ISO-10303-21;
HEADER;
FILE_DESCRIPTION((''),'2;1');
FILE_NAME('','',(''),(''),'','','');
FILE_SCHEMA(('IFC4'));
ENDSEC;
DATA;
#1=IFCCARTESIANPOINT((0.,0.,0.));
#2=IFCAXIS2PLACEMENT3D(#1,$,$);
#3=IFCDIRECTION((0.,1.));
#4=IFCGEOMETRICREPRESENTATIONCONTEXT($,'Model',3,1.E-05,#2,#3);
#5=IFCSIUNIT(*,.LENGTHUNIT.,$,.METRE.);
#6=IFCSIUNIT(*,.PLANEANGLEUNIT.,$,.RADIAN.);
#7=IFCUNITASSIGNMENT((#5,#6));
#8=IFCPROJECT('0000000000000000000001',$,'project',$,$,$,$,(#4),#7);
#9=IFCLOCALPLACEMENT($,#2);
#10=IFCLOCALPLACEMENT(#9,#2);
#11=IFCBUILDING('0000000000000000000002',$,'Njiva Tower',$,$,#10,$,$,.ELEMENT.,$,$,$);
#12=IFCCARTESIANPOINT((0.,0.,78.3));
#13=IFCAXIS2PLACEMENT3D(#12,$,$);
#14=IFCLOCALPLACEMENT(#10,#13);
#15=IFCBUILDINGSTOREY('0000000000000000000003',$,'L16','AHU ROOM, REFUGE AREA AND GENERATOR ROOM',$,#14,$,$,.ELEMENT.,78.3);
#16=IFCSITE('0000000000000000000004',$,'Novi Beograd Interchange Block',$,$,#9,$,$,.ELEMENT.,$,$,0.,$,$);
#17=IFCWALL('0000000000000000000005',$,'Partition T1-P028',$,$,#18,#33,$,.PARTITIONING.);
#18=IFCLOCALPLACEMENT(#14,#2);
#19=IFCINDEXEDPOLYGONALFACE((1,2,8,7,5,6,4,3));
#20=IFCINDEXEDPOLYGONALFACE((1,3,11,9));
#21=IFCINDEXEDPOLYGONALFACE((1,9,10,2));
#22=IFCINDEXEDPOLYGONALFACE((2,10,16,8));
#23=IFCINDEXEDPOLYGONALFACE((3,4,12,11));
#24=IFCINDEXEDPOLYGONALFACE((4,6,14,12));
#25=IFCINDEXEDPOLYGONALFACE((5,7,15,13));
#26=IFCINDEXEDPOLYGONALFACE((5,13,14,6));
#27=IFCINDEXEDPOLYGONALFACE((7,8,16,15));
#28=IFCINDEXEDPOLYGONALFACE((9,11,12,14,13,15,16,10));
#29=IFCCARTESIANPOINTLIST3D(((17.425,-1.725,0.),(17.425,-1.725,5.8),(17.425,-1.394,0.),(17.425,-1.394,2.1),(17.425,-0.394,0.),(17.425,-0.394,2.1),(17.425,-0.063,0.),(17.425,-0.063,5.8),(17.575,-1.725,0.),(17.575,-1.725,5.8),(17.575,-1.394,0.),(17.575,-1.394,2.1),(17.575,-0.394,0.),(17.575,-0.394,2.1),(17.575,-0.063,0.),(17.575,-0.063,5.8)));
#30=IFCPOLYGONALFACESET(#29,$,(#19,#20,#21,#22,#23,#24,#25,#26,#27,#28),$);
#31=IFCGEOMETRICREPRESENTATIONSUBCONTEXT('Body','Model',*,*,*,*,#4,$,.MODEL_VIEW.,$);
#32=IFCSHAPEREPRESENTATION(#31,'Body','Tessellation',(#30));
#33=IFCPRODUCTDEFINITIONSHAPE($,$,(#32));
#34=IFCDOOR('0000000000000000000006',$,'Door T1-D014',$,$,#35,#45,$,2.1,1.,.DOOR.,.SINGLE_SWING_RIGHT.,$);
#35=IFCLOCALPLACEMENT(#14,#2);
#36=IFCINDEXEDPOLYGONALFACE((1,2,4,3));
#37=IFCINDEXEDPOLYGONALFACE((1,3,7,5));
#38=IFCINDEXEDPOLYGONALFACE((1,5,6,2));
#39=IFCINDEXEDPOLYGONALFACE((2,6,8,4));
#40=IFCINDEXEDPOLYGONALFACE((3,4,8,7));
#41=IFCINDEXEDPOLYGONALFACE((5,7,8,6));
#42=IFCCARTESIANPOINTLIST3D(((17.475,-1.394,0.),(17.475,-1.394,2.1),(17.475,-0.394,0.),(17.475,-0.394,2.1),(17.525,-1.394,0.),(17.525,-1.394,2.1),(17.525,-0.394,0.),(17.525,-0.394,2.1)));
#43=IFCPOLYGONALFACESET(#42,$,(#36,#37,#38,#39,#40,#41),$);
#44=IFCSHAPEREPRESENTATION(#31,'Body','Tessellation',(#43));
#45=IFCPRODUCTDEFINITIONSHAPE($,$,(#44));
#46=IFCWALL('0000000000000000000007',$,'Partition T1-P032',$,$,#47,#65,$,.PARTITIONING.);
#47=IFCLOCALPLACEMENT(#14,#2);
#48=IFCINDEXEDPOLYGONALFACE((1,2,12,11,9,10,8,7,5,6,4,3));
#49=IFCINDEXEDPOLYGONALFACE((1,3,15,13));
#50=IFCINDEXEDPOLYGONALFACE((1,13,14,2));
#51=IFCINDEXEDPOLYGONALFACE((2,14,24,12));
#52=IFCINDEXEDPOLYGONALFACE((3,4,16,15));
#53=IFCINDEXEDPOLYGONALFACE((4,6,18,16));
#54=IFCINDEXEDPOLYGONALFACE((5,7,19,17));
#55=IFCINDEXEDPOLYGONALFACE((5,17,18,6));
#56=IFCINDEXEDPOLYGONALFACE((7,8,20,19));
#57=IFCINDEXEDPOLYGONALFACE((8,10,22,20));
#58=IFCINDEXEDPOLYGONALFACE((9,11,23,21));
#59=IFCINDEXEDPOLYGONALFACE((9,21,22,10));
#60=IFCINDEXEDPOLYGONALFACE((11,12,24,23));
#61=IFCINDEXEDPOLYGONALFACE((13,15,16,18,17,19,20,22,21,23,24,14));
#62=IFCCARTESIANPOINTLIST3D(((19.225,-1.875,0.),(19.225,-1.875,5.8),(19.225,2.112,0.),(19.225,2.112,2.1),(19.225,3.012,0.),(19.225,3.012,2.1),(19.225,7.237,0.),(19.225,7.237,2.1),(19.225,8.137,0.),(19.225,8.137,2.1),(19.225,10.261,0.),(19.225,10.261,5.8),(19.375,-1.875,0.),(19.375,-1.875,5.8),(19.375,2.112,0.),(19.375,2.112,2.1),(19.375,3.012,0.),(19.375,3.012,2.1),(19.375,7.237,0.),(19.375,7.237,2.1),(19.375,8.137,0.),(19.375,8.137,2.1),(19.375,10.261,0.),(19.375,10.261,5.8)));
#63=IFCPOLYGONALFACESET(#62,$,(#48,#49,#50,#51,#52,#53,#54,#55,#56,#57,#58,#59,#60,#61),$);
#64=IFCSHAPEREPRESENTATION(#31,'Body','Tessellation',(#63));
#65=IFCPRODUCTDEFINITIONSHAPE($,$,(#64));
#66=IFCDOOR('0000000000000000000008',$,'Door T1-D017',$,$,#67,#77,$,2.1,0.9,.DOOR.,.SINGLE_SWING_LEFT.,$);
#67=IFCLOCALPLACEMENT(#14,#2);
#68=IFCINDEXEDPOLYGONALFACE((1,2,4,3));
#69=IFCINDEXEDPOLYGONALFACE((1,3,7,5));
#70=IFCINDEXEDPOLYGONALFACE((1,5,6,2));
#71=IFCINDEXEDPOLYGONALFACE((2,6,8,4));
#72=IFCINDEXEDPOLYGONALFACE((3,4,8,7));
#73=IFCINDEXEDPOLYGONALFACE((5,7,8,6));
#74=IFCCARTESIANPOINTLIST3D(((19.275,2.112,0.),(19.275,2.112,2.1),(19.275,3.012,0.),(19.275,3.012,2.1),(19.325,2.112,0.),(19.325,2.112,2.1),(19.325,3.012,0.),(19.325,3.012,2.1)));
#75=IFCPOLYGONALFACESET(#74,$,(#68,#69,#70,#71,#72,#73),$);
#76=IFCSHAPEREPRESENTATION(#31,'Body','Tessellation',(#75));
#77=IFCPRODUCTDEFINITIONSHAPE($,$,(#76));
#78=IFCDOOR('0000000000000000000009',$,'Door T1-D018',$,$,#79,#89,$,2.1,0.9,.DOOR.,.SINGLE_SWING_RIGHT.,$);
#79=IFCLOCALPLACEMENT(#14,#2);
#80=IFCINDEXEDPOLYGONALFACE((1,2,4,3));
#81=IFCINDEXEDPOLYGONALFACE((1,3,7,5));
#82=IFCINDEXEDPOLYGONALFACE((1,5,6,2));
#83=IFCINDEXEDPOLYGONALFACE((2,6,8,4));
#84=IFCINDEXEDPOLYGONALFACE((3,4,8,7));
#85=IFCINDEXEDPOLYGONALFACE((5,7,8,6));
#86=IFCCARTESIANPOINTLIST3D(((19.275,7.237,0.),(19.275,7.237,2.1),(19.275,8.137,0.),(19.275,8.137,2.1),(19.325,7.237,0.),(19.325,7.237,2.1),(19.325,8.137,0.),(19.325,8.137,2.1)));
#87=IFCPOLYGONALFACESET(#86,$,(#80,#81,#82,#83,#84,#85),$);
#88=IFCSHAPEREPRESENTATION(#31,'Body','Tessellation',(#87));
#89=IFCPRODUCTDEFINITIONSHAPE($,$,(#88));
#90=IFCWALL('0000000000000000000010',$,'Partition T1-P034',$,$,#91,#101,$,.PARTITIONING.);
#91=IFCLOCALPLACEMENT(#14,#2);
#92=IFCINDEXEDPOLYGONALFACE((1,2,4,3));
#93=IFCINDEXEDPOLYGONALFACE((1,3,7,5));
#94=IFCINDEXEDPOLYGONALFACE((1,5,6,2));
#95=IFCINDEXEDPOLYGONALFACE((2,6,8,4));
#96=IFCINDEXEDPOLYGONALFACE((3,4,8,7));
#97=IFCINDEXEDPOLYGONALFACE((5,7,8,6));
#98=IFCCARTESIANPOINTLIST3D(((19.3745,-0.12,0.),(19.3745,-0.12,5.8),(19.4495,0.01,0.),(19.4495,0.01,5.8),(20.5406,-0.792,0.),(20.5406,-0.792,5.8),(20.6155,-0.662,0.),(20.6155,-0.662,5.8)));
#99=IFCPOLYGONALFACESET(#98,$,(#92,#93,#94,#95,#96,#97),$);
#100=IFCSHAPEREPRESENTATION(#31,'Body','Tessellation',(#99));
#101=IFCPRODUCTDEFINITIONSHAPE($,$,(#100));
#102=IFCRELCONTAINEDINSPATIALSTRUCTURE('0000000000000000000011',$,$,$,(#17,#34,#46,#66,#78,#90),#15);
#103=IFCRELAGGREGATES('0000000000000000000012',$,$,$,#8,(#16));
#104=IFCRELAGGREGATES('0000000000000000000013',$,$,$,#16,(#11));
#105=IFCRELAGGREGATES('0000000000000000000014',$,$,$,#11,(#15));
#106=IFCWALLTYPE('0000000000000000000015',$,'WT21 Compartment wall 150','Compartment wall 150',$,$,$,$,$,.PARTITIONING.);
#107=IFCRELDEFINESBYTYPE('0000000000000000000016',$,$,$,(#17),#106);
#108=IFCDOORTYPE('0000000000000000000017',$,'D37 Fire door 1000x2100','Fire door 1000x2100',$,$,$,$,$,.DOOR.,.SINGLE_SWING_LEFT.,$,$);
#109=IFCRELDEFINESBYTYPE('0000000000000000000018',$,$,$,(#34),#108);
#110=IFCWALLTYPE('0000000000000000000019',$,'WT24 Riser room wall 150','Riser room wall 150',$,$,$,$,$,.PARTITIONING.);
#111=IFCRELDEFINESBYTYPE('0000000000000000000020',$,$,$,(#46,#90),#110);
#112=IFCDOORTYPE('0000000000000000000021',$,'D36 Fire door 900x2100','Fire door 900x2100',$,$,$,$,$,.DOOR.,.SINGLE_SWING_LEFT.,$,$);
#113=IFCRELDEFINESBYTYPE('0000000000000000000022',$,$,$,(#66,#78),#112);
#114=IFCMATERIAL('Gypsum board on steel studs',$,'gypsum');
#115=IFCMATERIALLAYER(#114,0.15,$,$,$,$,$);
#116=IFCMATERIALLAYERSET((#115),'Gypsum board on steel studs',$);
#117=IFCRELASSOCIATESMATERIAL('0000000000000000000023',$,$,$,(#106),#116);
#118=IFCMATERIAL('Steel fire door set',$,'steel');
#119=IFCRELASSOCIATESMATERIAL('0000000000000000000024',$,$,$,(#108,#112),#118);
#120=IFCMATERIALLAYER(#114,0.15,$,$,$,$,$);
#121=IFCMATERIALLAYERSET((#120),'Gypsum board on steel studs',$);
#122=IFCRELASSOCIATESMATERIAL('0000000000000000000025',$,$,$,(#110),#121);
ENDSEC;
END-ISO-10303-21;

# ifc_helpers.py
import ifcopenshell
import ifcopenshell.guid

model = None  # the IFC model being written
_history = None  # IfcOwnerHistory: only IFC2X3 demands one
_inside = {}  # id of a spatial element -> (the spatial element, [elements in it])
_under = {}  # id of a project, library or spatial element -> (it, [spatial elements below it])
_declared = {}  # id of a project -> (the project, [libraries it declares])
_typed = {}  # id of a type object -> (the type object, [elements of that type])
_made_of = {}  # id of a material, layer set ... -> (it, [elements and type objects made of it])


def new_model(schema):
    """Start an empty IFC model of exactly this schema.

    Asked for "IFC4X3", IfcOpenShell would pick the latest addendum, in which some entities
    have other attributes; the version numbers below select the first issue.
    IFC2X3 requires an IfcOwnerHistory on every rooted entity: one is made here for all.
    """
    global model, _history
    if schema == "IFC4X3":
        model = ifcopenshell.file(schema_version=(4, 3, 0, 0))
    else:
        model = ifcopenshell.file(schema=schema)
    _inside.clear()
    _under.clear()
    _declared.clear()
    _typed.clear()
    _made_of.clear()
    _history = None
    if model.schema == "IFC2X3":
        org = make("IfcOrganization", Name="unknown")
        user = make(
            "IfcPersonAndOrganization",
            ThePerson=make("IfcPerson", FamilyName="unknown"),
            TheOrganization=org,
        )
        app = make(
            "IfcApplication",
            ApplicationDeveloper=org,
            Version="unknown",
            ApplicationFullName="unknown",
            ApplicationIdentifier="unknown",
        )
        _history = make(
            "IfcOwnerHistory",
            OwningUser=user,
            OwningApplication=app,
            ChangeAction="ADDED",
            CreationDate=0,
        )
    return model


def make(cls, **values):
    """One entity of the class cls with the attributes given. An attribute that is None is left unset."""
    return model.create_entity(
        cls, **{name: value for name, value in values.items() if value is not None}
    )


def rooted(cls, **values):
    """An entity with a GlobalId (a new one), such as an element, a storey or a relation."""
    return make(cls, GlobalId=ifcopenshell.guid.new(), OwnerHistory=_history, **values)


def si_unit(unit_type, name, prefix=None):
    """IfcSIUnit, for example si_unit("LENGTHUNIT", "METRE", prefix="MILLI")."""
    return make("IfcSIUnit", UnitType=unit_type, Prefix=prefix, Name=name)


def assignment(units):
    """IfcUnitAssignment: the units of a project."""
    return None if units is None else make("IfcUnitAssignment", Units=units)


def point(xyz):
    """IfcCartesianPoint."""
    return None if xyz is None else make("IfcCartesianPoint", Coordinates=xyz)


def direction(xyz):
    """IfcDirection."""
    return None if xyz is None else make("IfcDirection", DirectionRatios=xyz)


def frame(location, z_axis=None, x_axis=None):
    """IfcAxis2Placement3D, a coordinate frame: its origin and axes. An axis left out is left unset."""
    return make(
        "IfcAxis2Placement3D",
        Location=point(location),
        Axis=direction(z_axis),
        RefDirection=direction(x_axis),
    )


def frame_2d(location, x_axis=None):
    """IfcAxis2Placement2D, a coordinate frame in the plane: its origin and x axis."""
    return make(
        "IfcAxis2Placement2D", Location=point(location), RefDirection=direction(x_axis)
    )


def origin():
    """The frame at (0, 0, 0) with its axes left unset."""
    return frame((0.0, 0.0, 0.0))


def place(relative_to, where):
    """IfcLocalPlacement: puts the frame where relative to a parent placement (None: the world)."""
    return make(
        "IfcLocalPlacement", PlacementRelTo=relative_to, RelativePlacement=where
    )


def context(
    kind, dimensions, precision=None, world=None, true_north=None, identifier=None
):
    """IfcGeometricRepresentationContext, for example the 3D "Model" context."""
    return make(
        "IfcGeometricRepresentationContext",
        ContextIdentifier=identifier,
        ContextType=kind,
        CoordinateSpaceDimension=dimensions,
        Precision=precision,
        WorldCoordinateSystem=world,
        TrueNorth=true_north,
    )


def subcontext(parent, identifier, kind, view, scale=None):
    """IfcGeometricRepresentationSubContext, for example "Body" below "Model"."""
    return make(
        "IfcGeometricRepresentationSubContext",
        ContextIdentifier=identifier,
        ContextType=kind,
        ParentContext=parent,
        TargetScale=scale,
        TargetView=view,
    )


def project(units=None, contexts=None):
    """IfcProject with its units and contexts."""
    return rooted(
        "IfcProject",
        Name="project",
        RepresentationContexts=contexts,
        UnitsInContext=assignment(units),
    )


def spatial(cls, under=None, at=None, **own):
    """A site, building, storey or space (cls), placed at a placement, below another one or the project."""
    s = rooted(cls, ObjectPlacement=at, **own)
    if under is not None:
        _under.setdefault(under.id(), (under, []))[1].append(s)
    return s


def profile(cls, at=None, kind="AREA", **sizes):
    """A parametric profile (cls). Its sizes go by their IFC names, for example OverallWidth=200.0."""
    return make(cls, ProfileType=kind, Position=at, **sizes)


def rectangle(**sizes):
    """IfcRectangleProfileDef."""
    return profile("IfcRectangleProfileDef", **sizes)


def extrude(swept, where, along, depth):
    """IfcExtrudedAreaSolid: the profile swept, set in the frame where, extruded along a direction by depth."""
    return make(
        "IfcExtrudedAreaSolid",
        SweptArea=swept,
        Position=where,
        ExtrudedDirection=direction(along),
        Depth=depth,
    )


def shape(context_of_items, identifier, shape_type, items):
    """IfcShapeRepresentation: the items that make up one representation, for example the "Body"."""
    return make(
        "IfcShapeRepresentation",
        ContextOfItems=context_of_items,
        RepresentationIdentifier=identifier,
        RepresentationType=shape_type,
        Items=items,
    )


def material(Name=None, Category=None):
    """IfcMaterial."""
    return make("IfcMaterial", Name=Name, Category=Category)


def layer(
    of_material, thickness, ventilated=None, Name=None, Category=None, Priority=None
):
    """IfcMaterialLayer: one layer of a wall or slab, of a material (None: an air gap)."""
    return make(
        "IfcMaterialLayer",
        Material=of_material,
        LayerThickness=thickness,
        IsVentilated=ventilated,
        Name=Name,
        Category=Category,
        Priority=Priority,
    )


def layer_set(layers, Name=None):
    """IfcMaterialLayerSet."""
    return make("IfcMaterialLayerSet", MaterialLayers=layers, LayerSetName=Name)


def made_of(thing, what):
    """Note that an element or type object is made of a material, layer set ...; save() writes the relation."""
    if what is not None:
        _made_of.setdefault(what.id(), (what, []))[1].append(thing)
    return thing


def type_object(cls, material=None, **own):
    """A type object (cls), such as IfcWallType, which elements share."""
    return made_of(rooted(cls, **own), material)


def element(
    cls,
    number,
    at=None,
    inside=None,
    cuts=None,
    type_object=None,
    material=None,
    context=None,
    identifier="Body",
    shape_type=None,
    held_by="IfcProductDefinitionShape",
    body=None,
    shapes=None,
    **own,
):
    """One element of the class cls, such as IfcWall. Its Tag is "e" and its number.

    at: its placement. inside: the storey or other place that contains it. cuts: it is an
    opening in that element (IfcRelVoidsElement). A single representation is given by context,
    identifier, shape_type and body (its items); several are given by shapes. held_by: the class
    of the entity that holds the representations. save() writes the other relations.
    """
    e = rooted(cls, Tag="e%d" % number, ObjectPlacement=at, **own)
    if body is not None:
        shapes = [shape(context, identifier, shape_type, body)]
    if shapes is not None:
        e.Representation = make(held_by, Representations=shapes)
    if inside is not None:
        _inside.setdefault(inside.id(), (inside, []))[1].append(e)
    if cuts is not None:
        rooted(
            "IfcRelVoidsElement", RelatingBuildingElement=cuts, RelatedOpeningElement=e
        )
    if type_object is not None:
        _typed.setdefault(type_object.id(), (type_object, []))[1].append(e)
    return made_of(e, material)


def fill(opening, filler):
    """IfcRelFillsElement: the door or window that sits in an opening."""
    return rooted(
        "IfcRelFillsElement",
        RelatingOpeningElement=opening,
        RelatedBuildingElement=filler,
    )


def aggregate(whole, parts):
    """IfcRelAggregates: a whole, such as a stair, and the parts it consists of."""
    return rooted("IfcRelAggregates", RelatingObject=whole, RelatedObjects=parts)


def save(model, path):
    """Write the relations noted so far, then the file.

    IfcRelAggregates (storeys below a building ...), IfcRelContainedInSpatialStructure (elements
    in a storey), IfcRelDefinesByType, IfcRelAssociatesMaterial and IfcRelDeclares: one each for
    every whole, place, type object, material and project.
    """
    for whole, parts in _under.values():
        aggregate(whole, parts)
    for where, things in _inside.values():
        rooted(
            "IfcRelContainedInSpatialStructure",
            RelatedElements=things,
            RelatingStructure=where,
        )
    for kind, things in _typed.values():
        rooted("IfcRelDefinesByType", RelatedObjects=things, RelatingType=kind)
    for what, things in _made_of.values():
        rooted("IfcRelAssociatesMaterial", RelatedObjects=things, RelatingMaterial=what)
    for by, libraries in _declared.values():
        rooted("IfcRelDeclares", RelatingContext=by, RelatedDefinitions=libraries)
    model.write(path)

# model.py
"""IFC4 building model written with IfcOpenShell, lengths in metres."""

from ifc_helpers import new_model, si_unit, direction, frame, frame_2d, origin, place, context, subcontext, project, spatial, rectangle, extrude, material, layer, layer_set, type_object, element, fill, save


model = new_model("IFC4")

# Units and contexts
model_context = context("Model", 3, precision=1e-05, world=origin(), true_north=direction((0.0, 1.0)))
body_context = subcontext(model_context, "Body", "Model", "MODEL_VIEW")
ifc_project = project(units=[si_unit("LENGTHUNIT", "METRE"), si_unit("PLANEANGLEUNIT", "RADIAN")], contexts=[model_context])

# Site, building, storey
site_placement = place(None, origin())
site = spatial("IfcSite", under=ifc_project, at=site_placement, Name="Novi Beograd Interchange Block", CompositionType="ELEMENT", RefElevation=0.0)
building_placement = place(site_placement, origin())
building = spatial("IfcBuilding", under=site, at=building_placement, Name="Njiva Tower", CompositionType="ELEMENT")
storey_placement = place(building_placement, frame((0.0, 0.0, 78.3)))
storey = spatial("IfcBuildingStorey", under=building, at=storey_placement, Name="L16", Description="AHU ROOM, REFUGE AREA AND GENERATOR ROOM", CompositionType="ELEMENT", Elevation=78.3)

# Wall, opening, door
ifc_material_1 = material(Name="Gypsum board on steel studs", Category="gypsum")
ifc_layer_1 = layer(ifc_material_1, 0.15)
ifc_layer_set_1 = layer_set([ifc_layer_1], Name="Gypsum board on steel studs")
wall_type_1 = type_object("IfcWallType", Name="WT21 Compartment wall 150", Description="Compartment wall 150", PredefinedType="PARTITIONING", material=ifc_layer_set_1)
wall_1_placement = place(storey_placement, frame((17.5, -1.725, 0.0), z_axis=(0.0, 0.0, 1.0), x_axis=(0.0, 1.0, 0.0)))
wall_1 = element("IfcWall", 1, at=wall_1_placement, inside=storey, type_object=wall_type_1, Name="Partition T1-P028", PredefinedType="PARTITIONING", context=body_context, shape_type="SweptSolid", body=[
    extrude(rectangle(XDim=1.662, YDim=0.15, at=frame_2d((0.831, 0.0))), origin(), (0.0, 0.0, 1.0), 5.8),
])
opening_1_placement = place(wall_1_placement, frame((0.331, 0.0, 0.0)))
opening_1 = element("IfcOpeningElement", 2, at=opening_1_placement, cuts=wall_1, PredefinedType="OPENING", context=body_context, shape_type="SweptSolid", body=[
    extrude(rectangle(XDim=1.0, YDim=2.1, at=frame_2d((0.5, 1.05))), frame((0.0, 0.085, 0.0), z_axis=(0.0, -1.0, 0.0), x_axis=(1.0, 0.0, 0.0)), (0.0, 0.0, 1.0), 0.17),
])
ifc_material_2 = material(Name="Steel fire door set", Category="steel")
door_type_1 = type_object("IfcDoorType", Name="D37 Fire door 1000x2100", Description="Fire door 1000x2100", OperationType="SINGLE_SWING_LEFT", PredefinedType="DOOR", material=ifc_material_2)
door_1_placement = place(opening_1_placement, origin())
door_1 = element("IfcDoor", 3, at=door_1_placement, inside=storey, type_object=door_type_1, Name="Door T1-D014", OperationType="SINGLE_SWING_RIGHT", OverallHeight=2.1, OverallWidth=1.0, PredefinedType="DOOR", context=body_context, shape_type="SweptSolid", body=[
    extrude(rectangle(XDim=1.0, YDim=2.1, at=frame_2d((0.5, 1.05))), frame((0.0, 0.025, 0.0), z_axis=(0.0, -1.0, 0.0), x_axis=(1.0, 0.0, 0.0)), (0.0, 0.0, 1.0), 0.05),
])
fill(opening_1, door_1)

# Wall, openings, doors
ifc_layer_2 = layer(ifc_material_1, 0.15)
ifc_layer_set_2 = layer_set([ifc_layer_2], Name="Gypsum board on steel studs")
wall_type_2 = type_object("IfcWallType", Name="WT24 Riser room wall 150", Description="Riser room wall 150", PredefinedType="PARTITIONING", material=ifc_layer_set_2)
wall_2_placement = place(storey_placement, frame((19.3, -1.875, 0.0), z_axis=(0.0, 0.0, 1.0), x_axis=(0.0, 1.0, 0.0)))
wall_2 = element("IfcWall", 4, at=wall_2_placement, inside=storey, type_object=wall_type_2, Name="Partition T1-P032", PredefinedType="PARTITIONING", context=body_context, shape_type="SweptSolid", body=[
    extrude(rectangle(XDim=12.136, YDim=0.15, at=frame_2d((6.068, 0.0))), origin(), (0.0, 0.0, 1.0), 5.8),
])
opening_2_placement = place(wall_2_placement, frame((3.987, 0.0, 0.0)))
opening_2 = element("IfcOpeningElement", 5, at=opening_2_placement, cuts=wall_2, PredefinedType="OPENING", context=body_context, shape_type="SweptSolid", body=[
    extrude(rectangle(XDim=0.9, YDim=2.1, at=frame_2d((0.45, 1.05))), frame((0.0, 0.085, 0.0), z_axis=(0.0, -1.0, 0.0), x_axis=(1.0, 0.0, 0.0)), (0.0, 0.0, 1.0), 0.17),
])
opening_3_placement = place(wall_2_placement, frame((9.112, 0.0, 0.0)))
opening_3 = element("IfcOpeningElement", 6, at=opening_3_placement, cuts=wall_2, PredefinedType="OPENING", context=body_context, shape_type="SweptSolid", body=[
    extrude(rectangle(XDim=0.9, YDim=2.1, at=frame_2d((0.45, 1.05))), frame((0.0, 0.085, 0.0), z_axis=(0.0, -1.0, 0.0), x_axis=(1.0, 0.0, 0.0)), (0.0, 0.0, 1.0), 0.17),
])
door_type_2 = type_object("IfcDoorType", Name="D36 Fire door 900x2100", Description="Fire door 900x2100", OperationType="SINGLE_SWING_LEFT", PredefinedType="DOOR", material=ifc_material_2)
door_2_placement = place(opening_2_placement, origin())
door_2 = element("IfcDoor", 7, at=door_2_placement, inside=storey, type_object=door_type_2, Name="Door T1-D017", OperationType="SINGLE_SWING_LEFT", OverallHeight=2.1, OverallWidth=0.9, PredefinedType="DOOR", context=body_context, shape_type="SweptSolid", body=[
    extrude(rectangle(XDim=0.9, YDim=2.1, at=frame_2d((0.45, 1.05))), frame((0.0, 0.025, 0.0), z_axis=(0.0, -1.0, 0.0), x_axis=(1.0, 0.0, 0.0)), (0.0, 0.0, 1.0), 0.05),
])
fill(opening_2, door_2)
door_3_placement = place(opening_3_placement, origin())
door_3 = element("IfcDoor", 8, at=door_3_placement, inside=storey, type_object=door_type_2, Name="Door T1-D018", OperationType="SINGLE_SWING_RIGHT", OverallHeight=2.1, OverallWidth=0.9, PredefinedType="DOOR", context=body_context, shape_type="SweptSolid", body=[
    extrude(rectangle(XDim=0.9, YDim=2.1, at=frame_2d((0.45, 1.05))), frame((0.0, 0.025, 0.0), z_axis=(0.0, -1.0, 0.0), x_axis=(1.0, 0.0, 0.0)), (0.0, 0.0, 1.0), 0.05),
])
fill(opening_3, door_3)

# Wall
wall_3_placement = place(storey_placement, frame((19.412, -0.055, 0.0), z_axis=(0.0, 0.0, 1.0), x_axis=(0.866408, -0.499336, 0.0)))
element("IfcWall", 9, at=wall_3_placement, inside=storey, type_object=wall_type_2, Name="Partition T1-P034", PredefinedType="PARTITIONING", context=body_context, shape_type="SweptSolid", body=[
    extrude(rectangle(XDim=1.3458, YDim=0.15, at=frame_2d((0.6729, 0.0))), origin(), (0.0, 0.0, 1.0), 5.8),
])

save(model, "model.ifc")
